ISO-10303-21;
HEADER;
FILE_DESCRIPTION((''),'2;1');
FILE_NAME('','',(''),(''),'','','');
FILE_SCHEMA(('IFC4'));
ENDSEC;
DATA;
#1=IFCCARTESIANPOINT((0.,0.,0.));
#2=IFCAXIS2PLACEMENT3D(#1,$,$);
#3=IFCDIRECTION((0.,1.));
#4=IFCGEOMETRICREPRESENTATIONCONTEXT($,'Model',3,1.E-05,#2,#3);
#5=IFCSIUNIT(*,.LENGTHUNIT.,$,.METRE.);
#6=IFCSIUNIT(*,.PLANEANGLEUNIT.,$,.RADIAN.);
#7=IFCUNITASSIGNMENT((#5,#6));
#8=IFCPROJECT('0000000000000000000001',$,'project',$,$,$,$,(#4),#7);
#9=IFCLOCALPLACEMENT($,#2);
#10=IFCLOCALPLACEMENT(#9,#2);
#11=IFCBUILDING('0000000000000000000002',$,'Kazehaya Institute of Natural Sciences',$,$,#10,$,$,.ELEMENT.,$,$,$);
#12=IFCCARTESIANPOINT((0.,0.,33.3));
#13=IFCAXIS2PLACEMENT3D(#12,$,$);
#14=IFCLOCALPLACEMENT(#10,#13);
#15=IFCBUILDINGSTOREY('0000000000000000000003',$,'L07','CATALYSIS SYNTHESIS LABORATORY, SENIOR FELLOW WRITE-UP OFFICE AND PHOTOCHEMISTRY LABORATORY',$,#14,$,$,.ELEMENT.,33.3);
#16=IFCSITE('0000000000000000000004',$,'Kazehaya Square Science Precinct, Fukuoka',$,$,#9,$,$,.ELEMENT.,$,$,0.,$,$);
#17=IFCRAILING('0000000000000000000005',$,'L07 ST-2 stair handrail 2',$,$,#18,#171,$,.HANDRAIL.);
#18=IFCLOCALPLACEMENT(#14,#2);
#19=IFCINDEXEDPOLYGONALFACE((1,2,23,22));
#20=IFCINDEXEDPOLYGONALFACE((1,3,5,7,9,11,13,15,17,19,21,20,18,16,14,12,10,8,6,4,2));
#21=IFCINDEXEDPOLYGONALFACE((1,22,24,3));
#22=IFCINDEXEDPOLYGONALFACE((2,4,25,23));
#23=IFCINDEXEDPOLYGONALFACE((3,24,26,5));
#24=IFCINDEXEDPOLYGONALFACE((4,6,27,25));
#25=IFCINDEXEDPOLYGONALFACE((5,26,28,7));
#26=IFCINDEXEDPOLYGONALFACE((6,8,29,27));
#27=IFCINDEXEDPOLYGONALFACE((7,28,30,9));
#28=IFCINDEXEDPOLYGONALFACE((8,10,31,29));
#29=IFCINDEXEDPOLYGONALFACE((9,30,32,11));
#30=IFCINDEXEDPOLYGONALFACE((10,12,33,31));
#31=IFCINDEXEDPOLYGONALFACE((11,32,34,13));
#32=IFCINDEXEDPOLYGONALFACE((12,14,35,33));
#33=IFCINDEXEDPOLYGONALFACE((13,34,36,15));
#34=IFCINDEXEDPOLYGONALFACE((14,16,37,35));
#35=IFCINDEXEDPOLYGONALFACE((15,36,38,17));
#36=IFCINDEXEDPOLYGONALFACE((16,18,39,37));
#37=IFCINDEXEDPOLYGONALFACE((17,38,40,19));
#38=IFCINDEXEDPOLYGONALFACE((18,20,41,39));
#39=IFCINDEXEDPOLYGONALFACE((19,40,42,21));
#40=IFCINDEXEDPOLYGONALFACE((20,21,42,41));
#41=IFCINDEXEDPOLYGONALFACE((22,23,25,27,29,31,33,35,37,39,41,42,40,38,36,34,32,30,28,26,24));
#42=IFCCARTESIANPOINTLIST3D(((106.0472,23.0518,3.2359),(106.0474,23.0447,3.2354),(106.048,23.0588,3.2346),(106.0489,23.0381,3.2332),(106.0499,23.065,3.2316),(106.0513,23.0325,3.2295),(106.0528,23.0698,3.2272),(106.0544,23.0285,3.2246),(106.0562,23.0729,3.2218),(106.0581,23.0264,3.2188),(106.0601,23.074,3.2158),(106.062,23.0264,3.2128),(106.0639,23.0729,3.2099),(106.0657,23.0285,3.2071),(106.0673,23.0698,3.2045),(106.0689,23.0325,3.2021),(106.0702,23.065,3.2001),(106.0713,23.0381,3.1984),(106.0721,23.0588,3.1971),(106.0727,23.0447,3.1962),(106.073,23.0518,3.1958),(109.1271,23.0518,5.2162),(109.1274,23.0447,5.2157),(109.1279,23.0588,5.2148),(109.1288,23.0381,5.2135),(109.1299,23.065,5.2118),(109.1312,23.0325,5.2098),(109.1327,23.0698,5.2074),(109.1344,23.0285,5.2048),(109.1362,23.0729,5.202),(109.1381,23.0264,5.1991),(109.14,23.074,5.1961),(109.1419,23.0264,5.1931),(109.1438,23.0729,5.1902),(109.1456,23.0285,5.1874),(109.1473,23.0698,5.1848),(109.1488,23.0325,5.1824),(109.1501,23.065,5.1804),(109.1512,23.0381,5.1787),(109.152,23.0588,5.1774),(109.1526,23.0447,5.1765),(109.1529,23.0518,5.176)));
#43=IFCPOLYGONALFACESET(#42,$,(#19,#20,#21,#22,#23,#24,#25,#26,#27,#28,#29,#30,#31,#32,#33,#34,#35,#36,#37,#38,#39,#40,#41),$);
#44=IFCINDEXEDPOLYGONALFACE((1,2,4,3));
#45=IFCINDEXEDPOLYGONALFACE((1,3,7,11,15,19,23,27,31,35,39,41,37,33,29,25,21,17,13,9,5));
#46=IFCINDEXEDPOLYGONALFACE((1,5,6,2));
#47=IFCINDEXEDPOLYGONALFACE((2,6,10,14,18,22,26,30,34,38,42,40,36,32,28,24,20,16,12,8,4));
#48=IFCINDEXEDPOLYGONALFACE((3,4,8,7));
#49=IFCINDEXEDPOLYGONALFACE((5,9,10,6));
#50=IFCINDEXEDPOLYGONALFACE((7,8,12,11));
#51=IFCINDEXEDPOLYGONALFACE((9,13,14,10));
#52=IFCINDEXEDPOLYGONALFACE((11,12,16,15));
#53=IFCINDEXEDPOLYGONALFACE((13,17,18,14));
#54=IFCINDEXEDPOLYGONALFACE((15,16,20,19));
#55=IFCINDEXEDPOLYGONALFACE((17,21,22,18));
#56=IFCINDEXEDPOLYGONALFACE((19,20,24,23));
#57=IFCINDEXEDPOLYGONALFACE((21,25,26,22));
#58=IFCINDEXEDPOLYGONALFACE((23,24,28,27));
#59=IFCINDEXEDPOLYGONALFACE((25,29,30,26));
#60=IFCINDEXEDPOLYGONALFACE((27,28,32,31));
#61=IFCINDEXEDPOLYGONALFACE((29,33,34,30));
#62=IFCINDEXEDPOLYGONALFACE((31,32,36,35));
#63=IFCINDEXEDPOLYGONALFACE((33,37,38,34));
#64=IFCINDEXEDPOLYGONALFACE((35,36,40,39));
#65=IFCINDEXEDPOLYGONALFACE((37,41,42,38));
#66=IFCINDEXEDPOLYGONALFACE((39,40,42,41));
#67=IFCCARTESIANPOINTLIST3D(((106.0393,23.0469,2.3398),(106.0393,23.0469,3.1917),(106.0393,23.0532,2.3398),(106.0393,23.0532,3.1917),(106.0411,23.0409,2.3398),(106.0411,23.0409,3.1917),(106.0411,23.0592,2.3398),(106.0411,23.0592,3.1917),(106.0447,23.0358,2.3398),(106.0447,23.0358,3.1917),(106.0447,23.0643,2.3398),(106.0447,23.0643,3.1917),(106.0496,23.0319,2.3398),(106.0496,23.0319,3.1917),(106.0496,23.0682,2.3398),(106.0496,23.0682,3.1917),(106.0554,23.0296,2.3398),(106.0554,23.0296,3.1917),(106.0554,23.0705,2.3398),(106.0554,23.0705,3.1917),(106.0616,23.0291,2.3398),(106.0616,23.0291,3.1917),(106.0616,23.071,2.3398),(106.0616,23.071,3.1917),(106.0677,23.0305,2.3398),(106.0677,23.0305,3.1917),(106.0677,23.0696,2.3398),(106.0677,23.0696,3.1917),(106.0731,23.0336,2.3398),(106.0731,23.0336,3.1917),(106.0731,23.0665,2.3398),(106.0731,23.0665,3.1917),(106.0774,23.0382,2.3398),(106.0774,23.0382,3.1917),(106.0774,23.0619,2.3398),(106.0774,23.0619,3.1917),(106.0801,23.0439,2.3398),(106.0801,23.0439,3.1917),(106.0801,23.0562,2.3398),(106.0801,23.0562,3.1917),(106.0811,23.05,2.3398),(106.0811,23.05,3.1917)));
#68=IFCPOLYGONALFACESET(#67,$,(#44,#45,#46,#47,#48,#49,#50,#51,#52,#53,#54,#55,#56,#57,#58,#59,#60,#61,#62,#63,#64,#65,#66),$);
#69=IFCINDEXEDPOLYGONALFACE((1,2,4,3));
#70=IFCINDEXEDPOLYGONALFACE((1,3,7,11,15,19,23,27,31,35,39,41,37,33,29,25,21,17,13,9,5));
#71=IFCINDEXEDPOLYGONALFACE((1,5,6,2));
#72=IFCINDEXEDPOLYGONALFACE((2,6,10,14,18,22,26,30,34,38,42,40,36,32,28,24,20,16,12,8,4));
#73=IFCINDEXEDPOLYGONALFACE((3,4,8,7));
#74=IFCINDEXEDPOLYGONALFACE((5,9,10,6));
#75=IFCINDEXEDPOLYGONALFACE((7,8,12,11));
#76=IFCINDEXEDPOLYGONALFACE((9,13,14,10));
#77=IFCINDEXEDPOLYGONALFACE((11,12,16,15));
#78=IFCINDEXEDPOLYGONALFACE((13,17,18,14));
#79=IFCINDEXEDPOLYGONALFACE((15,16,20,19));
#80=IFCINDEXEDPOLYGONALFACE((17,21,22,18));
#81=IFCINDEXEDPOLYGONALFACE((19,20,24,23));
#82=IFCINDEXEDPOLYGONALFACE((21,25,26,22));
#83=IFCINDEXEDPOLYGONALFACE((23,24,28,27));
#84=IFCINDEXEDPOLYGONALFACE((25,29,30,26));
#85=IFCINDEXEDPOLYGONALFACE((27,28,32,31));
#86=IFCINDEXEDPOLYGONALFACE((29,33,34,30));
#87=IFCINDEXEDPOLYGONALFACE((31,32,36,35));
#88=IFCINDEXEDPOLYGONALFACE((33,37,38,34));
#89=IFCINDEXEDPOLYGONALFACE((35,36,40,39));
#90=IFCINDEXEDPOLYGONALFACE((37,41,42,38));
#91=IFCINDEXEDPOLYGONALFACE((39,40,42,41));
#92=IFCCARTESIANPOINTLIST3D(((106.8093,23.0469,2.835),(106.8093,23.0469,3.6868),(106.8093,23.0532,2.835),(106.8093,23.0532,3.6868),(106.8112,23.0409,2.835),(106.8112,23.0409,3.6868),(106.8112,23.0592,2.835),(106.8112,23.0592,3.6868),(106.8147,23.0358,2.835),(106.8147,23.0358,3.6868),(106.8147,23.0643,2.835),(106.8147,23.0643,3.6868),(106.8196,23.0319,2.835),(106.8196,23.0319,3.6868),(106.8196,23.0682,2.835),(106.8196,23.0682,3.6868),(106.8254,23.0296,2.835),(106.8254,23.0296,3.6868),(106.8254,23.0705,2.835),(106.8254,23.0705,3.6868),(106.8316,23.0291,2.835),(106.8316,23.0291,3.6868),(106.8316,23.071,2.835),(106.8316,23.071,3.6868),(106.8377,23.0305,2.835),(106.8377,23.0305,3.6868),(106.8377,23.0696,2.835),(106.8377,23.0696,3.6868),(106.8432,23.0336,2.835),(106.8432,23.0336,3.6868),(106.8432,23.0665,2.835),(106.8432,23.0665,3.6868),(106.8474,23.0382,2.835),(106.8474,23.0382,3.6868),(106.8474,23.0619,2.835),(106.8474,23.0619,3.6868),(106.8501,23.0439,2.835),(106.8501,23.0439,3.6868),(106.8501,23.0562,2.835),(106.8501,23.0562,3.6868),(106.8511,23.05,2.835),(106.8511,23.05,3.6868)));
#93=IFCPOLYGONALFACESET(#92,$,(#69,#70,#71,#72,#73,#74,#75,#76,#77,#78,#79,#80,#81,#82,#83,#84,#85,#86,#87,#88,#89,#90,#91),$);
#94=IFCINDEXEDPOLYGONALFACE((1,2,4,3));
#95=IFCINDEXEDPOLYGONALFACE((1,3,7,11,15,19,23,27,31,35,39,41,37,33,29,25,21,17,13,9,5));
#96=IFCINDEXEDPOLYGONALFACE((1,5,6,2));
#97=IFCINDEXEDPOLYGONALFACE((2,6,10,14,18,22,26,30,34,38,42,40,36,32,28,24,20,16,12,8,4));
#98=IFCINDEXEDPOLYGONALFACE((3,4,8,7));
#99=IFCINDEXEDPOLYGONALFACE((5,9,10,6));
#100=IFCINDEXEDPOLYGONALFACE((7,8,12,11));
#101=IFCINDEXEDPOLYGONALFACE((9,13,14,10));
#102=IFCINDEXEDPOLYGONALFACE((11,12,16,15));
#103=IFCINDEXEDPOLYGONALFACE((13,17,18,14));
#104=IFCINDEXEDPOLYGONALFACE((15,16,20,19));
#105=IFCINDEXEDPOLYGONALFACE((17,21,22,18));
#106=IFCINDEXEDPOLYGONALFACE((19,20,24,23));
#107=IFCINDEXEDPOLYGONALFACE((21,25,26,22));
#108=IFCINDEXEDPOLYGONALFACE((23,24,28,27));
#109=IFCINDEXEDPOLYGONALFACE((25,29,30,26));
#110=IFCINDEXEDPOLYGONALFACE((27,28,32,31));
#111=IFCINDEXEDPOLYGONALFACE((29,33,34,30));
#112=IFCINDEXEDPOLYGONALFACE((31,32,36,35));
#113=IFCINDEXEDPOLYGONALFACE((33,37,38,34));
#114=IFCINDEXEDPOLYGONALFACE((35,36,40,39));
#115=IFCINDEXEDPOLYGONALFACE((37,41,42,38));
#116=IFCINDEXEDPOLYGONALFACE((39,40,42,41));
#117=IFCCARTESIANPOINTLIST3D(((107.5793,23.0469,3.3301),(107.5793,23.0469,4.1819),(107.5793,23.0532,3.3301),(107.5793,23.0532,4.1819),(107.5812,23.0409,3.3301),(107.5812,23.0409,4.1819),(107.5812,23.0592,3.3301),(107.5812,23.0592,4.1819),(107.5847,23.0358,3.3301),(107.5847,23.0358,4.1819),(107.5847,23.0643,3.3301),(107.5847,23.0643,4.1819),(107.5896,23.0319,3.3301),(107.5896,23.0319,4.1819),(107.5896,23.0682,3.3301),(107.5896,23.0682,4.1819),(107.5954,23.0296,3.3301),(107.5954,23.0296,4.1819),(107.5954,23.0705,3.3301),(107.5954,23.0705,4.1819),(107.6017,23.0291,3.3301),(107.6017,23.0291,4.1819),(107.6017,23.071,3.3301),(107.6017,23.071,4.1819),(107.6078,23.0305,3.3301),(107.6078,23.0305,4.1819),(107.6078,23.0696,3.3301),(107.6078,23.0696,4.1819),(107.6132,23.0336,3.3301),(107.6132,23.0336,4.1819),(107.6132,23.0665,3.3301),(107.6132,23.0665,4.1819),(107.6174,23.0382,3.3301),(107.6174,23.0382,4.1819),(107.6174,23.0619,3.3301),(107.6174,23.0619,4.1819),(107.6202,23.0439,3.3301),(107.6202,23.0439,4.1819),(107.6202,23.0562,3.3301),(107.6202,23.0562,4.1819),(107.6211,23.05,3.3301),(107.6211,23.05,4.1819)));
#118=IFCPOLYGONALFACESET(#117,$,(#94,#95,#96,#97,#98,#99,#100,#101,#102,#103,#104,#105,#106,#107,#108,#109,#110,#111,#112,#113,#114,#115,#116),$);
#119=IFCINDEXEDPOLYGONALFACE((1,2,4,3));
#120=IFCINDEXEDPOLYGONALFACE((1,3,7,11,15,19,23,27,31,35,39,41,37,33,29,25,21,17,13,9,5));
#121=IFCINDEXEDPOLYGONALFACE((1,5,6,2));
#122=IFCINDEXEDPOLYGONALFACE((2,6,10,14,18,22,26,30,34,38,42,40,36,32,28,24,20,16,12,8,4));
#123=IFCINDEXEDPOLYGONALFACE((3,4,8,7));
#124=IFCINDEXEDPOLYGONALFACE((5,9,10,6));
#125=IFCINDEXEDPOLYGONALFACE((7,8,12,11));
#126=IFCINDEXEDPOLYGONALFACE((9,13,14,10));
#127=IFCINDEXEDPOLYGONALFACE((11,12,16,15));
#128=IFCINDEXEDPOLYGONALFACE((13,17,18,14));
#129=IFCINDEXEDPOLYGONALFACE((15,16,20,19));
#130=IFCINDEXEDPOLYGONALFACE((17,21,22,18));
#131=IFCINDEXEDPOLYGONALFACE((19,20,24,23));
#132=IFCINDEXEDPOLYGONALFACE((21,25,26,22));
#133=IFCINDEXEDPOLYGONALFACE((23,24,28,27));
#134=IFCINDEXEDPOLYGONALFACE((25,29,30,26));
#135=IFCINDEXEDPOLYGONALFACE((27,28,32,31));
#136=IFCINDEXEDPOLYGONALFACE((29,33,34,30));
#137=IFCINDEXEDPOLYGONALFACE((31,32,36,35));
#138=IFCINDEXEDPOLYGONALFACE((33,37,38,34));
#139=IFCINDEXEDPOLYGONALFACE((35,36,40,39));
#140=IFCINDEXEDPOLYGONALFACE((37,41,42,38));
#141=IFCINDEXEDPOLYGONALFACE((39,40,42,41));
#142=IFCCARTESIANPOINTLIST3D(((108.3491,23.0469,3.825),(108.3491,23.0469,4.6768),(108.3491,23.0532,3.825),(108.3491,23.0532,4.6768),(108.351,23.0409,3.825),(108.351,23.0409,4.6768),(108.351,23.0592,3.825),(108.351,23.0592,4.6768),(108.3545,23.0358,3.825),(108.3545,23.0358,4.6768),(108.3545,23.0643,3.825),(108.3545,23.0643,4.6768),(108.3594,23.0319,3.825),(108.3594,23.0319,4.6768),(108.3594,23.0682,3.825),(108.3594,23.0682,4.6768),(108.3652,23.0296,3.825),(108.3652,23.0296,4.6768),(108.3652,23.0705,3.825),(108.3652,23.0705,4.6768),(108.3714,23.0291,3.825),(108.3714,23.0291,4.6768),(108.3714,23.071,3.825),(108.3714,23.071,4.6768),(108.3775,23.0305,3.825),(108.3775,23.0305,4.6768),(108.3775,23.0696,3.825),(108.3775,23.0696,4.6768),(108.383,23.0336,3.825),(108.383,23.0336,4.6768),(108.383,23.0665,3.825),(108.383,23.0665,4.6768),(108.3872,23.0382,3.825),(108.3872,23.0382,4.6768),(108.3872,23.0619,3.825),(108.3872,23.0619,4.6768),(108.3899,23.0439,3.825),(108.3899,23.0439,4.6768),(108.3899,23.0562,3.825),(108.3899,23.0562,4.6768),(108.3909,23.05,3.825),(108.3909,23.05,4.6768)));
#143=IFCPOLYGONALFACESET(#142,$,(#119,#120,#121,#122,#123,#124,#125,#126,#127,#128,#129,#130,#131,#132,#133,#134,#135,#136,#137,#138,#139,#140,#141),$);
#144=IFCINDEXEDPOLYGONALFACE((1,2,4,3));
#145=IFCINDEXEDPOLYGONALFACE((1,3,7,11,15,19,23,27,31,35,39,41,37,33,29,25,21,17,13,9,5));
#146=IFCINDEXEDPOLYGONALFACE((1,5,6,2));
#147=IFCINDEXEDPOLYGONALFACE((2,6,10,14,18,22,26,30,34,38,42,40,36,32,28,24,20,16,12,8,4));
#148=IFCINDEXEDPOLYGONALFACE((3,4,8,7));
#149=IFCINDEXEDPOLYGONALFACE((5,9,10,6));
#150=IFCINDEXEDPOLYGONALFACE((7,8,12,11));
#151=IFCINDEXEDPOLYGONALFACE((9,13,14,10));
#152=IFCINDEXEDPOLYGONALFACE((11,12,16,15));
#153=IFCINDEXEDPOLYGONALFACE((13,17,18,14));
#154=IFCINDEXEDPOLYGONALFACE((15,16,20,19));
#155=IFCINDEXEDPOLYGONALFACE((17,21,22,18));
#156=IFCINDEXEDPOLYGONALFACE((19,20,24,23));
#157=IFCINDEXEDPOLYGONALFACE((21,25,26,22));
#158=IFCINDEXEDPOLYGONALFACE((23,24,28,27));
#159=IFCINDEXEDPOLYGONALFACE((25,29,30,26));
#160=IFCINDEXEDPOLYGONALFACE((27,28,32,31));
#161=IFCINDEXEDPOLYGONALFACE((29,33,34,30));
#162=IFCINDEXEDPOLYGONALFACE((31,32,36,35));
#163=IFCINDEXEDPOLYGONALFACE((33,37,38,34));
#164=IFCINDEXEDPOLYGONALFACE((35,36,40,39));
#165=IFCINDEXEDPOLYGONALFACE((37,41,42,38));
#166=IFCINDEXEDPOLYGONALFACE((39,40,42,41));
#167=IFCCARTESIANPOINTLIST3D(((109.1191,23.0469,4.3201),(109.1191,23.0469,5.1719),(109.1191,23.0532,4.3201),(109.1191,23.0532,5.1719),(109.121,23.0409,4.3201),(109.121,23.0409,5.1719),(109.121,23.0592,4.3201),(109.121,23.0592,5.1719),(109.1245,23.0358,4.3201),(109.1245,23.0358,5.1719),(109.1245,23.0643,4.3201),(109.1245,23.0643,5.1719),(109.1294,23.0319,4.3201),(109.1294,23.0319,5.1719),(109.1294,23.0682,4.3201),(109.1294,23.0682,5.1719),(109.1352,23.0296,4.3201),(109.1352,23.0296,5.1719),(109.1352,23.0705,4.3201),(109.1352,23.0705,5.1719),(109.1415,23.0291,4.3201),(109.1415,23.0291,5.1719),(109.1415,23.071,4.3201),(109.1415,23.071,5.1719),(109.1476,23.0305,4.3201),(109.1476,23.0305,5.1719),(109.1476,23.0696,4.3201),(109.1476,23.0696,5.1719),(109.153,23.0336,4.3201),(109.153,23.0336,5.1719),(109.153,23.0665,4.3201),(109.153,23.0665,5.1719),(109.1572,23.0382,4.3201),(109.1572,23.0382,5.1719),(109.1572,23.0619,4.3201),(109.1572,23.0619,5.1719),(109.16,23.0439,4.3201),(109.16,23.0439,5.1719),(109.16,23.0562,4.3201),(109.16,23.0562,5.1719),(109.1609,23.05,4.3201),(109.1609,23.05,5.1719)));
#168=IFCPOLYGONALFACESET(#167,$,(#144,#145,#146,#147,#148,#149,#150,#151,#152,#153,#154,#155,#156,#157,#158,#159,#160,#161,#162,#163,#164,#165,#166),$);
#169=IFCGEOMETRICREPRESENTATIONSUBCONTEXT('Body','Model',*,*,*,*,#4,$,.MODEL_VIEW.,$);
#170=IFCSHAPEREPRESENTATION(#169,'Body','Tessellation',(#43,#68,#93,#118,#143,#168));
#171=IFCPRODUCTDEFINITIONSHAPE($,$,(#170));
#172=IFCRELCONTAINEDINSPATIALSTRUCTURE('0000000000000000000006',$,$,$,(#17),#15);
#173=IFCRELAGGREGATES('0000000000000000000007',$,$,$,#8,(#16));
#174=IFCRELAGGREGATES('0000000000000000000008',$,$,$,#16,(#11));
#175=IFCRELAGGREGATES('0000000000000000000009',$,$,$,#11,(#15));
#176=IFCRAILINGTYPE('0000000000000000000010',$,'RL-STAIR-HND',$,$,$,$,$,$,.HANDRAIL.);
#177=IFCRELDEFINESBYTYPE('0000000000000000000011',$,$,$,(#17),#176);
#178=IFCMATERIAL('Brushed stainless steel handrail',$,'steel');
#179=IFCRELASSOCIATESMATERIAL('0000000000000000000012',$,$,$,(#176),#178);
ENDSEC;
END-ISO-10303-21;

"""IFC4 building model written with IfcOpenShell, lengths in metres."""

from ifc_helpers import new_model, si_unit, direction, frame, origin, origin_2d, place, context, subcontext, project, spatial, circle, extrude, material, type_object, element, save


model = new_model("IFC4")

# Units and contexts
model_context = context("Model", 3, precision=1e-05, world=origin(), true_north=direction((0.0, 1.0)))
body_context = subcontext(model_context, "Body", "Model", "MODEL_VIEW")
ifc_project = project(units=[si_unit("LENGTHUNIT", "METRE"), si_unit("PLANEANGLEUNIT", "RADIAN")], contexts=[model_context])

# Site, building, storey
site_placement = place(None, origin())
site = spatial("IfcSite", under=ifc_project, at=site_placement, Name="Kazehaya Square Science Precinct, Fukuoka", CompositionType="ELEMENT", RefElevation=0.0)
building_placement = place(site_placement, origin())
building = spatial("IfcBuilding", under=site, at=building_placement, Name="Kazehaya Institute of Natural Sciences", CompositionType="ELEMENT")
storey_placement = place(building_placement, frame((0.0, 0.0, 33.3)))
storey = spatial("IfcBuildingStorey", under=building, at=storey_placement, Name="L07", Description="CATALYSIS SYNTHESIS LABORATORY, SENIOR FELLOW WRITE-UP OFFICE AND PHOTOCHEMISTRY LABORATORY", CompositionType="ELEMENT", Elevation=33.3)

# Railing
ifc_material_1 = material(Name="Brushed stainless steel handrail", Category="steel")
railing_type_1 = type_object("IfcRailingType", Name="RL-STAIR-HND", PredefinedType="HANDRAIL", material=ifc_material_1)
railing_1_placement = place(storey_placement, frame((106.0601, 23.05, 2.3398)))
element("IfcRailing", 1, at=railing_1_placement, inside=storey, type_object=railing_type_1, Name="L07 ST-2 stair handrail 2", PredefinedType="HANDRAIL", context=body_context, shape_type="SweptSolid", body=[
    extrude(circle(Radius=0.0239, at=origin_2d()), frame((0.0, 0.0, 0.876), z_axis=(0.841137, 0.0, 0.540822), x_axis=(0.0, 1.0, 0.0)), (0.0, 0.0, 1.0), 3.6616),
    extrude(circle(Radius=0.021, at=origin_2d()), origin(), (0.0, 0.0, 1.0), 0.8518),
    extrude(circle(Radius=0.021, at=origin_2d()), frame((0.77, 0.0, 0.4951)), (0.0, 0.0, 1.0), 0.8518),
    extrude(circle(Radius=0.021, at=origin_2d()), frame((1.54, 0.0, 0.9902)), (0.0, 0.0, 1.0), 0.8518),
    extrude(circle(Radius=0.021, at=origin_2d()), frame((2.3098, 0.0, 1.4851)), (0.0, 0.0, 1.0), 0.8518),
    extrude(circle(Radius=0.021, at=origin_2d()), frame((3.0798, 0.0, 1.9802)), (0.0, 0.0, 1.0), 0.8518),
])

save(model, "model.ifc")
